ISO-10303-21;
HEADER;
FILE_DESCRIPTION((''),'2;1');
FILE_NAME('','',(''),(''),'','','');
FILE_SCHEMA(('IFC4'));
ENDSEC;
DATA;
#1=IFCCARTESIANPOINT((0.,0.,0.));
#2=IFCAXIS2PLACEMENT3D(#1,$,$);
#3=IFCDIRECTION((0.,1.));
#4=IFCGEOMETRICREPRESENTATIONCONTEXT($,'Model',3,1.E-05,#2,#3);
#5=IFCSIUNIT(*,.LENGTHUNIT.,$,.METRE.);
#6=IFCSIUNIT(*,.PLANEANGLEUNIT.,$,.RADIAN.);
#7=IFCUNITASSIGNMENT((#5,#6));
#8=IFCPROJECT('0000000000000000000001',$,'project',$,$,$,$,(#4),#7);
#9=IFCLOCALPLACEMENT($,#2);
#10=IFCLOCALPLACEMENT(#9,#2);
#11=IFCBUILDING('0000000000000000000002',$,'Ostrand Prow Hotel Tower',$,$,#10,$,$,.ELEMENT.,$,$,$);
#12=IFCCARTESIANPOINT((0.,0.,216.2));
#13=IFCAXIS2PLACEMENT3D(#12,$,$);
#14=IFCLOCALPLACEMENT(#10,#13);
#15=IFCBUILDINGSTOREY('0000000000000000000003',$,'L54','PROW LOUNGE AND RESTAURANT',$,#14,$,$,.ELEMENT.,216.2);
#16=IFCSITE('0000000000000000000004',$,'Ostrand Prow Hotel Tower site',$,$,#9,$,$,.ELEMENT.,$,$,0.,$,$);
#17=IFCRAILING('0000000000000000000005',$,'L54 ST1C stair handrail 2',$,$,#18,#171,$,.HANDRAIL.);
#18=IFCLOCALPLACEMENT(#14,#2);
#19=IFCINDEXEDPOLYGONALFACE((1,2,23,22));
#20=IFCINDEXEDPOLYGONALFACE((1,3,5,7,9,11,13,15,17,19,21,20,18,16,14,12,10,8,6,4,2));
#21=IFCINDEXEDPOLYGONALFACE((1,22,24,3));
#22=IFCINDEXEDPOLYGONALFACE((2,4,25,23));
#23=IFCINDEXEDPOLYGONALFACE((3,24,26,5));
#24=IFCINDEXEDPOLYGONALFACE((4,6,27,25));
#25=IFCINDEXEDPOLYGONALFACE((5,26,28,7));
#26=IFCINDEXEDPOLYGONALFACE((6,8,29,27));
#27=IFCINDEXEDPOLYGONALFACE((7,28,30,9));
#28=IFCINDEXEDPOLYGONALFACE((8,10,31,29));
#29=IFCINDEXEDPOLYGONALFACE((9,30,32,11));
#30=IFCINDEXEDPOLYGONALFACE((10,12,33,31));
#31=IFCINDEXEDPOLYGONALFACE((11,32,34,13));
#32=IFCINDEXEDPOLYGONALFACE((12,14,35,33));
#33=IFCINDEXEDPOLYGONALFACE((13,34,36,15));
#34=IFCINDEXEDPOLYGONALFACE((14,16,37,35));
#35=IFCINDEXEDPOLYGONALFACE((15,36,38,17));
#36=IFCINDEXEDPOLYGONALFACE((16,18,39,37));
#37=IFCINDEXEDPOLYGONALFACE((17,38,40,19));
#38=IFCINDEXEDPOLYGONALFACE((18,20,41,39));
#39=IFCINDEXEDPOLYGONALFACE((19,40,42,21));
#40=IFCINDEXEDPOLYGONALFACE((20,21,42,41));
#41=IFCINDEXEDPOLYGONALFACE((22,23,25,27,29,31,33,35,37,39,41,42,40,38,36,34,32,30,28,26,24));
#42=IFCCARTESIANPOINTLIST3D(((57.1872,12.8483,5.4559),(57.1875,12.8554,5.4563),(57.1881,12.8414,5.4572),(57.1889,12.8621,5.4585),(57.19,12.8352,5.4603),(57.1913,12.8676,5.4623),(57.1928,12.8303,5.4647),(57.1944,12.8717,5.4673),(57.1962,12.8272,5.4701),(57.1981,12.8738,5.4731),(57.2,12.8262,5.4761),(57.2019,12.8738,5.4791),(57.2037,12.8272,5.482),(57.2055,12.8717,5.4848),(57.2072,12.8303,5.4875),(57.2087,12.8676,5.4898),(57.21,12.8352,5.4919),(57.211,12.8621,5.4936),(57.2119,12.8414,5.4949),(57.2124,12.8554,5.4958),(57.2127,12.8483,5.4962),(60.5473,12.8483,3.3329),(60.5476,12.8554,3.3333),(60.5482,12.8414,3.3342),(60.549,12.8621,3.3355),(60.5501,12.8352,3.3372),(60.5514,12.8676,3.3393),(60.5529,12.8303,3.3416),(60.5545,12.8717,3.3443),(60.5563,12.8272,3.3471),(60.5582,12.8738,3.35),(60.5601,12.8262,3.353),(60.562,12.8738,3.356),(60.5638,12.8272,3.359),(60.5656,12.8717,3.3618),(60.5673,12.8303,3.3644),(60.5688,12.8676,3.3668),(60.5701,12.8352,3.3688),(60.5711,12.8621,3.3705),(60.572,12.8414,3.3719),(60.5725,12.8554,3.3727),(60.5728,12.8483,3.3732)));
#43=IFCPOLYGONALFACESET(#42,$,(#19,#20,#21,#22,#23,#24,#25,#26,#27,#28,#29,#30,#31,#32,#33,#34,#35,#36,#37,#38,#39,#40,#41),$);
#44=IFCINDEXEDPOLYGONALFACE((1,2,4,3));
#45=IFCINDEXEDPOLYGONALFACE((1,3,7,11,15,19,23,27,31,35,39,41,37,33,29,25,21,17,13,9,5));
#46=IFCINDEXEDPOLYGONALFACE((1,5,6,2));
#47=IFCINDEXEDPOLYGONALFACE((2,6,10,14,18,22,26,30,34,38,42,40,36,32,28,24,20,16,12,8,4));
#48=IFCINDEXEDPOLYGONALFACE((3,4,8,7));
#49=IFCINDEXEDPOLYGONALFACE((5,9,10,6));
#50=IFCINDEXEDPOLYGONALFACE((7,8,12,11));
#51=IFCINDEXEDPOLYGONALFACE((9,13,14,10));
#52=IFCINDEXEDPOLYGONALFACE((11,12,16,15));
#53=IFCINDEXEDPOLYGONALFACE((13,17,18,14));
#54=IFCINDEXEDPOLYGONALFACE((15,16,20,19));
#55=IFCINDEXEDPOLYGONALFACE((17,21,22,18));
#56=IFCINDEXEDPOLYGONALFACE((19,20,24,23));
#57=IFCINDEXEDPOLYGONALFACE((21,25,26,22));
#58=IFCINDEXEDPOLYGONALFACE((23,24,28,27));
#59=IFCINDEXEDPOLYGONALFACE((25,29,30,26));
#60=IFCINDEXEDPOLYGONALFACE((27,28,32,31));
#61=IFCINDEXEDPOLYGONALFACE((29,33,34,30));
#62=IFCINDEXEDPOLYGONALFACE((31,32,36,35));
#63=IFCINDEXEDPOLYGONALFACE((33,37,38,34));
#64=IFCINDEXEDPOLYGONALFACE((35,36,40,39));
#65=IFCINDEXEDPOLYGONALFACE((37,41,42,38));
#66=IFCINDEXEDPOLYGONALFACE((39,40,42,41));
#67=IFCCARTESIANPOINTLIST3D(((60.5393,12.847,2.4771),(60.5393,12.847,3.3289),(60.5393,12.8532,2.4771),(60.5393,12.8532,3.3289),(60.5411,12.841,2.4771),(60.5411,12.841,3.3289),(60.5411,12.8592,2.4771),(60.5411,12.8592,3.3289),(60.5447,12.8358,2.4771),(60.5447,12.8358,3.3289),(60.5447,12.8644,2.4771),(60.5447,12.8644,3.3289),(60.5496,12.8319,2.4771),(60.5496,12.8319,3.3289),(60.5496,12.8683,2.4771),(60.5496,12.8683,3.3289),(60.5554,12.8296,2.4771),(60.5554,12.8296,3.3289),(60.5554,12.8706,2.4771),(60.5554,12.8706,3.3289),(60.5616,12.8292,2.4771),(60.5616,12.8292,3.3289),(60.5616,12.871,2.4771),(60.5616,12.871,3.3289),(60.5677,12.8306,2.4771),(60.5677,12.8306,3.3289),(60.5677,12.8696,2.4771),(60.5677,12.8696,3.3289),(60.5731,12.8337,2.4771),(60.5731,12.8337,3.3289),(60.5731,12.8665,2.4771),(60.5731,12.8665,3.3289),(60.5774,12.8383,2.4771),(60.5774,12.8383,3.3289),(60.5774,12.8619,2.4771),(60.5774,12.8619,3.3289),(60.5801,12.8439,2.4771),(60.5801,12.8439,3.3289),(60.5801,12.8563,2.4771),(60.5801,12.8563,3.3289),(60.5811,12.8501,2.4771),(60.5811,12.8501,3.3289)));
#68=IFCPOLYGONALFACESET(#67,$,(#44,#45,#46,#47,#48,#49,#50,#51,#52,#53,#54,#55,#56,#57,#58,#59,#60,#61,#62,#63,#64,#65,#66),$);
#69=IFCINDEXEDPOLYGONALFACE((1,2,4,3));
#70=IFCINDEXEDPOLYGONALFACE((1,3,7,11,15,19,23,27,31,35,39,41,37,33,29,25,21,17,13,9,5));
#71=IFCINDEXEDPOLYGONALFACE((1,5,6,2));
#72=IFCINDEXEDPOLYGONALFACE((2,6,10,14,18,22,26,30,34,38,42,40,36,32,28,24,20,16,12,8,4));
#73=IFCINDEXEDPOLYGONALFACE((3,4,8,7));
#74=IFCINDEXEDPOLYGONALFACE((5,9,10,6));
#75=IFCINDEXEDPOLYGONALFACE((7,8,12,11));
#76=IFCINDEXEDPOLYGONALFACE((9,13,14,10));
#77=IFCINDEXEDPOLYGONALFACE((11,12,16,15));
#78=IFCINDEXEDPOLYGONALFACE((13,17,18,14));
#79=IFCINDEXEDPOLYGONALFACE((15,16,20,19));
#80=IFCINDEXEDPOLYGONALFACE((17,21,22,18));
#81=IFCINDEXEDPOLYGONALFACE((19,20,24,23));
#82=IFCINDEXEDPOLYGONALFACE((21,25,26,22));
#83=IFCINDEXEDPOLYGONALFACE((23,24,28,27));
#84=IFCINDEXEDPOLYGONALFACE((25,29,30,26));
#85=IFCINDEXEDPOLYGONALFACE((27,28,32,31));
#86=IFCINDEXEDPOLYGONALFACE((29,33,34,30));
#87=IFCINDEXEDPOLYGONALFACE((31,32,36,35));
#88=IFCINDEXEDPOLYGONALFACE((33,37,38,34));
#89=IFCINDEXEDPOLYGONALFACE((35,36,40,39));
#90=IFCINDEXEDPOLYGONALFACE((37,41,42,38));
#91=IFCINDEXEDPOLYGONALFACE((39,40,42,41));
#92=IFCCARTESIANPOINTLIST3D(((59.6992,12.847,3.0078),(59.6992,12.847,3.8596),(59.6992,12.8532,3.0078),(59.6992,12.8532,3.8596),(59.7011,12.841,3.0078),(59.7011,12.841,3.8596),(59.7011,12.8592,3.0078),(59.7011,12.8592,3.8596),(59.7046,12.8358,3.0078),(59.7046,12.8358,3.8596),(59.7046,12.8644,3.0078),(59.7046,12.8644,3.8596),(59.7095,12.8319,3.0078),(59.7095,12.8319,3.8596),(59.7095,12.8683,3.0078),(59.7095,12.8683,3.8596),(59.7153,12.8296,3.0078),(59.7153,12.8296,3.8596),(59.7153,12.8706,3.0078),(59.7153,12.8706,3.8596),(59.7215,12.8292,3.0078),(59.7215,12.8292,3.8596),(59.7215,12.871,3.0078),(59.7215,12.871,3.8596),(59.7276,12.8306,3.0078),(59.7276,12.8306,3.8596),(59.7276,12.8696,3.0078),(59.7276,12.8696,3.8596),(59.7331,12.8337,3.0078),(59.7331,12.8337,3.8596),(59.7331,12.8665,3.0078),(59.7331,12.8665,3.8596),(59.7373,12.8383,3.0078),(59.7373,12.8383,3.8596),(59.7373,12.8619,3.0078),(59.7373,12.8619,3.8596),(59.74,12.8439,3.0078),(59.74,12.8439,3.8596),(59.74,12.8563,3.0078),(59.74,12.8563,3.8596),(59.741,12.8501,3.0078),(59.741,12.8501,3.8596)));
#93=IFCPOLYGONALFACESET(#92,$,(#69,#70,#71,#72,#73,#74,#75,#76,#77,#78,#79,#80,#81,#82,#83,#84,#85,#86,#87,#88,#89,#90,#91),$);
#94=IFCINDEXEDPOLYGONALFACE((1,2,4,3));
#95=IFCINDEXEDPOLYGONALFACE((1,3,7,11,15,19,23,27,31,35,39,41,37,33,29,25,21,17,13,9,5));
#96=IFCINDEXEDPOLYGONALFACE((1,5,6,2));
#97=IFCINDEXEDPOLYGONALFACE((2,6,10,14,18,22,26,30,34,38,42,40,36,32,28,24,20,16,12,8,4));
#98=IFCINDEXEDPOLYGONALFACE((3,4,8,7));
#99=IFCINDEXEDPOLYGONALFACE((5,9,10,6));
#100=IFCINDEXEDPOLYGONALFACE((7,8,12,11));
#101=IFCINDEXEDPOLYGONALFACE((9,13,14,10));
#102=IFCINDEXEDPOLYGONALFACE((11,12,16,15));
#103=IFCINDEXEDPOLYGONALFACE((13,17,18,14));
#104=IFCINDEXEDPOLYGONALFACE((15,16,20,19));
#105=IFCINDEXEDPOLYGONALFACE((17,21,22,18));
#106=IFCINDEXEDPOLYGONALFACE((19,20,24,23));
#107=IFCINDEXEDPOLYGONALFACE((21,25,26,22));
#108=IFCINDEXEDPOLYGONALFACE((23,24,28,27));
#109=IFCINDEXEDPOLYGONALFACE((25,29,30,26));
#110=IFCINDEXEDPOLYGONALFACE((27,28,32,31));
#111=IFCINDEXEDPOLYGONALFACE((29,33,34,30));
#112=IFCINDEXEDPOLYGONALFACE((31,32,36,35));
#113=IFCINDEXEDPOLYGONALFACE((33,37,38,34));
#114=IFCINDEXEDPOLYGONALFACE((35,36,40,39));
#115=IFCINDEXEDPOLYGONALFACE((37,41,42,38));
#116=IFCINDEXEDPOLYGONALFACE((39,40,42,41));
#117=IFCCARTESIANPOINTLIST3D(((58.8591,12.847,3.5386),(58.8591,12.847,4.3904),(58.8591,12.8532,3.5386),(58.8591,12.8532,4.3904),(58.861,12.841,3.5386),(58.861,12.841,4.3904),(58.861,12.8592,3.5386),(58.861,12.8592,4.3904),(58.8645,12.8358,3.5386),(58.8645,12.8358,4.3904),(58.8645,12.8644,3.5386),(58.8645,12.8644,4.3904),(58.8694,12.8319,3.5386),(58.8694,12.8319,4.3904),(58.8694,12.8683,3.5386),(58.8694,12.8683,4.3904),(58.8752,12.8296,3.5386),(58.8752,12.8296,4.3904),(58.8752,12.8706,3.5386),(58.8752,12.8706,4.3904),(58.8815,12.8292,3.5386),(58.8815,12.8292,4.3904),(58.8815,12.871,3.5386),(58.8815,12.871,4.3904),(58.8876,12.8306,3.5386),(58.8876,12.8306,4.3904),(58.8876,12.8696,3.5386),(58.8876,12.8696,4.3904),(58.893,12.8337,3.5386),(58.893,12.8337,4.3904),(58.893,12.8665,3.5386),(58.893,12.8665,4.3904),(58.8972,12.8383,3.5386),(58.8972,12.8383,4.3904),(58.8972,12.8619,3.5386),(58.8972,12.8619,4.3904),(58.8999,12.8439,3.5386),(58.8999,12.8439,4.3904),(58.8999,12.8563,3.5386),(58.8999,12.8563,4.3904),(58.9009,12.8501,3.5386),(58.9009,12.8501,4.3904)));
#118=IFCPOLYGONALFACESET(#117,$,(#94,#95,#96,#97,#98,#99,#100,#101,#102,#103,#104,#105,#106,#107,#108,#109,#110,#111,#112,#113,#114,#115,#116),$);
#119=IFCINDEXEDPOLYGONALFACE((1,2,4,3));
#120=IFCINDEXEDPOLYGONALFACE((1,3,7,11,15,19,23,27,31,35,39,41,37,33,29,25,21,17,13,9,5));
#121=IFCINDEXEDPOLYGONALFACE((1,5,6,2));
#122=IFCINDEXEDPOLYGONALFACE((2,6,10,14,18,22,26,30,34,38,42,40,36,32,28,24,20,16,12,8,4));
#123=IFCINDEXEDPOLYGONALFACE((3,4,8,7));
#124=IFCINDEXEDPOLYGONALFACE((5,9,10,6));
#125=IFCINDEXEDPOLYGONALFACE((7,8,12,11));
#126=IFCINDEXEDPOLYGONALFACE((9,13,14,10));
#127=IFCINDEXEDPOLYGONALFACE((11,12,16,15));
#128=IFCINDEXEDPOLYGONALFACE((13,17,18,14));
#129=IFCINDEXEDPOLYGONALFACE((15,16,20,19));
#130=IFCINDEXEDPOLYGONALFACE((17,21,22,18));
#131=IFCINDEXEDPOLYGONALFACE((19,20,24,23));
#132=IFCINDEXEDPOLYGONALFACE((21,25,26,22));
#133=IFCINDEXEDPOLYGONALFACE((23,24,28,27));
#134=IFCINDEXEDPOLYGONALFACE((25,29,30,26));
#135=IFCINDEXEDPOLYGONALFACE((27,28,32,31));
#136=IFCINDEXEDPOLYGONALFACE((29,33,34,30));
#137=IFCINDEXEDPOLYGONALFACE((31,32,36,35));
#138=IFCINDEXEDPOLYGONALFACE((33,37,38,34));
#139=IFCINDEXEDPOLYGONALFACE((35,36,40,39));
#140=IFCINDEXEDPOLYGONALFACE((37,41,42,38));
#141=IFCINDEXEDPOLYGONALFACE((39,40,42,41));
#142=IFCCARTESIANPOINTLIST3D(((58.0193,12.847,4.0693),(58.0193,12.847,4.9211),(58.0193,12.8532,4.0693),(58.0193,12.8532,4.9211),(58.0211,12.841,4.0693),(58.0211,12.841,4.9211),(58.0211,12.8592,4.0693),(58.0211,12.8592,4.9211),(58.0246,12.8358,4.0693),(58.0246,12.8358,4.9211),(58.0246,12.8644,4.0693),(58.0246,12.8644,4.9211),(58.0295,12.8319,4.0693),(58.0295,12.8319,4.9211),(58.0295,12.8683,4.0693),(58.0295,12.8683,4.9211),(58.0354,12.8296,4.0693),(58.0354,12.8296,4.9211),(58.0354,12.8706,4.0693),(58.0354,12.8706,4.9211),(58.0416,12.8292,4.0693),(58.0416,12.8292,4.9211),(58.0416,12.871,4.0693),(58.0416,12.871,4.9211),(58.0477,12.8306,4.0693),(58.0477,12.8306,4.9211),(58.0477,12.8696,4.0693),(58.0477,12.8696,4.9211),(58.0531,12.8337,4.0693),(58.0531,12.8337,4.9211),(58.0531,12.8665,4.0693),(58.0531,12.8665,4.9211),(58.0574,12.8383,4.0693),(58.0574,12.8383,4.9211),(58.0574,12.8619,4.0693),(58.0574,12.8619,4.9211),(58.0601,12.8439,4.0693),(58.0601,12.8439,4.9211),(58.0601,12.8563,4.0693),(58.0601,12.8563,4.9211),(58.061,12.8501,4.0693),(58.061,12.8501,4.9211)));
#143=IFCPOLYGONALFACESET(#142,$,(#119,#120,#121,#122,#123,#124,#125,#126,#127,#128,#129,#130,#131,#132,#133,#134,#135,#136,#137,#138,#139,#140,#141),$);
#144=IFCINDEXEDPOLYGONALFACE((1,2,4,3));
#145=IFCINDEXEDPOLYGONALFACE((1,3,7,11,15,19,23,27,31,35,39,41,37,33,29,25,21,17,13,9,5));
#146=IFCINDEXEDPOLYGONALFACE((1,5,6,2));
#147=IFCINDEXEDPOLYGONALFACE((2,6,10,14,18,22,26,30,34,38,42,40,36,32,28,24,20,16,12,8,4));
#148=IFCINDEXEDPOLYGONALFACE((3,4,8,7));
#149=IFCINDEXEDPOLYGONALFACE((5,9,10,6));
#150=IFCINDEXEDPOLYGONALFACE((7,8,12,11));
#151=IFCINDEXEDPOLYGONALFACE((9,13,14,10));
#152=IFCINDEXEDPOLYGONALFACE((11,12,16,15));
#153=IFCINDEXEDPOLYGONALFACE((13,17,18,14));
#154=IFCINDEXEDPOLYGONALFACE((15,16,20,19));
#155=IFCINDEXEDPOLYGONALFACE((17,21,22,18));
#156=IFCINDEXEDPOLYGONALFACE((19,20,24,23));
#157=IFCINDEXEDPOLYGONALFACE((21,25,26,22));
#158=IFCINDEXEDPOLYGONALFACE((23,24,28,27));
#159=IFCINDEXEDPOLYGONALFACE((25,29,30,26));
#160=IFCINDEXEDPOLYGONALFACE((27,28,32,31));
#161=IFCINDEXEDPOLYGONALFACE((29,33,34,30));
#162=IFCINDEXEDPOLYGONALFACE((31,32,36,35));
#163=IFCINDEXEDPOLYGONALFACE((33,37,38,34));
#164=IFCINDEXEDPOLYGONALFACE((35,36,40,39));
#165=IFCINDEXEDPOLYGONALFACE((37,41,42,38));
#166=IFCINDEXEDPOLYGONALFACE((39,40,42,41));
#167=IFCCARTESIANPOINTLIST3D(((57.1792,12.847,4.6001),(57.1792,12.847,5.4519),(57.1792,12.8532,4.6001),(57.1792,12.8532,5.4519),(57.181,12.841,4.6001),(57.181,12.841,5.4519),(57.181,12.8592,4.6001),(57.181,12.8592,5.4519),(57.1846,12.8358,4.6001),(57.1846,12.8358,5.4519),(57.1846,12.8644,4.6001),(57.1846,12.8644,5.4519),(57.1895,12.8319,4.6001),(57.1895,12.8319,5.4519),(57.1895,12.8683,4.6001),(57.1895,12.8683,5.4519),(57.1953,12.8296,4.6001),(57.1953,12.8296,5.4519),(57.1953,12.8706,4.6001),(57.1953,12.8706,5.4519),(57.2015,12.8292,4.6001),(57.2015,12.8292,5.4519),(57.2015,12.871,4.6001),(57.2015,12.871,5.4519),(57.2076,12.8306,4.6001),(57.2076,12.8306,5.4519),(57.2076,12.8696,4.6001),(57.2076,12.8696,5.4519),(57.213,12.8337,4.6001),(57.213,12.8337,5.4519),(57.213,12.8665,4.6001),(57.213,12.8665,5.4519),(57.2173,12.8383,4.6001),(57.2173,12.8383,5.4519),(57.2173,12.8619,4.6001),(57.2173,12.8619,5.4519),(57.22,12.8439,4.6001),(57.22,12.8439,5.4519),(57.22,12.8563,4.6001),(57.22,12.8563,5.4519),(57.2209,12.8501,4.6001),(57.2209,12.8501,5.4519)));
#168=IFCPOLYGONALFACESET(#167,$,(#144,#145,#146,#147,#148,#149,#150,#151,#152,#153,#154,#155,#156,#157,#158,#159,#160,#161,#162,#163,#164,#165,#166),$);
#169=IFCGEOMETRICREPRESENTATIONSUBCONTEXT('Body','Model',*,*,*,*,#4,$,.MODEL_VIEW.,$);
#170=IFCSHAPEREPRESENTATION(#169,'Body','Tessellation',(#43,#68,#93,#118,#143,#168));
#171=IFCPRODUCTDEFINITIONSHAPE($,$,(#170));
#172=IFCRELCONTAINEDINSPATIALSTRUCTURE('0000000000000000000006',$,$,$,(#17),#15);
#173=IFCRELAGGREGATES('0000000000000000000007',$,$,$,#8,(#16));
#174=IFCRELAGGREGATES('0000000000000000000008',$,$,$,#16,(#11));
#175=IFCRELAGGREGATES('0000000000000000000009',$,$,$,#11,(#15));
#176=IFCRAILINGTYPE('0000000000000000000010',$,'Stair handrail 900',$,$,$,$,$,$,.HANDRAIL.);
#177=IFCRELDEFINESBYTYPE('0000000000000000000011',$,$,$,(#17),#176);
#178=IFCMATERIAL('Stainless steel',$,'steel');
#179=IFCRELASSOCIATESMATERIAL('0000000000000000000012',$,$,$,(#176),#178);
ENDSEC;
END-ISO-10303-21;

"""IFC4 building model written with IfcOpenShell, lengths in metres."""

from ifc_helpers import new_model, si_unit, direction, frame, origin, origin_2d, place, context, subcontext, project, spatial, circle, extrude, material, type_object, element, save


model = new_model("IFC4")

# Units and contexts
model_context = context("Model", 3, precision=1e-05, world=origin(), true_north=direction((0.0, 1.0)))
body_context = subcontext(model_context, "Body", "Model", "MODEL_VIEW")
ifc_project = project(units=[si_unit("LENGTHUNIT", "METRE"), si_unit("PLANEANGLEUNIT", "RADIAN")], contexts=[model_context])

# Site, building, storey
site_placement = place(None, origin())
site = spatial("IfcSite", under=ifc_project, at=site_placement, Name="Ostrand Prow Hotel Tower site", CompositionType="ELEMENT", RefElevation=0.0)
building_placement = place(site_placement, origin())
building = spatial("IfcBuilding", under=site, at=building_placement, Name="Ostrand Prow Hotel Tower", CompositionType="ELEMENT")
storey_placement = place(building_placement, frame((0.0, 0.0, 216.2)))
storey = spatial("IfcBuildingStorey", under=building, at=storey_placement, Name="L54", Description="PROW LOUNGE AND RESTAURANT", CompositionType="ELEMENT", Elevation=216.2)

# Railing
ifc_material_1 = material(Name="Stainless steel", Category="steel")
railing_type_1 = type_object("IfcRailingType", Name="Stair handrail 900", PredefinedType="HANDRAIL", material=ifc_material_1)
railing_1_placement = place(storey_placement, frame((60.5601, 12.8501, 2.4771)))
element("IfcRailing", 1, at=railing_1_placement, inside=storey, type_object=railing_type_1, Name="L54 ST1C stair handrail 2", PredefinedType="HANDRAIL", context=body_context, shape_type="SweptSolid", body=[
    extrude(circle(Radius=0.0239, at=origin_2d()), frame((0.0, 0.0, 0.876), z_axis=(-0.84539, 0.0, 0.53415), x_axis=(0.0, -1.0, 0.0)), (0.0, 0.0, 1.0), 3.9746),
    extrude(circle(Radius=0.021, at=origin_2d()), origin(), (0.0, 0.0, 1.0), 0.8518),
    extrude(circle(Radius=0.021, at=origin_2d()), frame((-0.8401, 0.0, 0.5308)), (0.0, 0.0, 1.0), 0.8518),
    extrude(circle(Radius=0.021, at=origin_2d()), frame((-1.6802, 0.0, 1.0615)), (0.0, 0.0, 1.0), 0.8518),
    extrude(circle(Radius=0.021, at=origin_2d()), frame((-2.52, 0.0, 1.5923)), (0.0, 0.0, 1.0), 0.8518),
    extrude(circle(Radius=0.021, at=origin_2d()), frame((-3.3601, 0.0, 2.123)), (0.0, 0.0, 1.0), 0.8518),
])

save(model, "model.ifc")
